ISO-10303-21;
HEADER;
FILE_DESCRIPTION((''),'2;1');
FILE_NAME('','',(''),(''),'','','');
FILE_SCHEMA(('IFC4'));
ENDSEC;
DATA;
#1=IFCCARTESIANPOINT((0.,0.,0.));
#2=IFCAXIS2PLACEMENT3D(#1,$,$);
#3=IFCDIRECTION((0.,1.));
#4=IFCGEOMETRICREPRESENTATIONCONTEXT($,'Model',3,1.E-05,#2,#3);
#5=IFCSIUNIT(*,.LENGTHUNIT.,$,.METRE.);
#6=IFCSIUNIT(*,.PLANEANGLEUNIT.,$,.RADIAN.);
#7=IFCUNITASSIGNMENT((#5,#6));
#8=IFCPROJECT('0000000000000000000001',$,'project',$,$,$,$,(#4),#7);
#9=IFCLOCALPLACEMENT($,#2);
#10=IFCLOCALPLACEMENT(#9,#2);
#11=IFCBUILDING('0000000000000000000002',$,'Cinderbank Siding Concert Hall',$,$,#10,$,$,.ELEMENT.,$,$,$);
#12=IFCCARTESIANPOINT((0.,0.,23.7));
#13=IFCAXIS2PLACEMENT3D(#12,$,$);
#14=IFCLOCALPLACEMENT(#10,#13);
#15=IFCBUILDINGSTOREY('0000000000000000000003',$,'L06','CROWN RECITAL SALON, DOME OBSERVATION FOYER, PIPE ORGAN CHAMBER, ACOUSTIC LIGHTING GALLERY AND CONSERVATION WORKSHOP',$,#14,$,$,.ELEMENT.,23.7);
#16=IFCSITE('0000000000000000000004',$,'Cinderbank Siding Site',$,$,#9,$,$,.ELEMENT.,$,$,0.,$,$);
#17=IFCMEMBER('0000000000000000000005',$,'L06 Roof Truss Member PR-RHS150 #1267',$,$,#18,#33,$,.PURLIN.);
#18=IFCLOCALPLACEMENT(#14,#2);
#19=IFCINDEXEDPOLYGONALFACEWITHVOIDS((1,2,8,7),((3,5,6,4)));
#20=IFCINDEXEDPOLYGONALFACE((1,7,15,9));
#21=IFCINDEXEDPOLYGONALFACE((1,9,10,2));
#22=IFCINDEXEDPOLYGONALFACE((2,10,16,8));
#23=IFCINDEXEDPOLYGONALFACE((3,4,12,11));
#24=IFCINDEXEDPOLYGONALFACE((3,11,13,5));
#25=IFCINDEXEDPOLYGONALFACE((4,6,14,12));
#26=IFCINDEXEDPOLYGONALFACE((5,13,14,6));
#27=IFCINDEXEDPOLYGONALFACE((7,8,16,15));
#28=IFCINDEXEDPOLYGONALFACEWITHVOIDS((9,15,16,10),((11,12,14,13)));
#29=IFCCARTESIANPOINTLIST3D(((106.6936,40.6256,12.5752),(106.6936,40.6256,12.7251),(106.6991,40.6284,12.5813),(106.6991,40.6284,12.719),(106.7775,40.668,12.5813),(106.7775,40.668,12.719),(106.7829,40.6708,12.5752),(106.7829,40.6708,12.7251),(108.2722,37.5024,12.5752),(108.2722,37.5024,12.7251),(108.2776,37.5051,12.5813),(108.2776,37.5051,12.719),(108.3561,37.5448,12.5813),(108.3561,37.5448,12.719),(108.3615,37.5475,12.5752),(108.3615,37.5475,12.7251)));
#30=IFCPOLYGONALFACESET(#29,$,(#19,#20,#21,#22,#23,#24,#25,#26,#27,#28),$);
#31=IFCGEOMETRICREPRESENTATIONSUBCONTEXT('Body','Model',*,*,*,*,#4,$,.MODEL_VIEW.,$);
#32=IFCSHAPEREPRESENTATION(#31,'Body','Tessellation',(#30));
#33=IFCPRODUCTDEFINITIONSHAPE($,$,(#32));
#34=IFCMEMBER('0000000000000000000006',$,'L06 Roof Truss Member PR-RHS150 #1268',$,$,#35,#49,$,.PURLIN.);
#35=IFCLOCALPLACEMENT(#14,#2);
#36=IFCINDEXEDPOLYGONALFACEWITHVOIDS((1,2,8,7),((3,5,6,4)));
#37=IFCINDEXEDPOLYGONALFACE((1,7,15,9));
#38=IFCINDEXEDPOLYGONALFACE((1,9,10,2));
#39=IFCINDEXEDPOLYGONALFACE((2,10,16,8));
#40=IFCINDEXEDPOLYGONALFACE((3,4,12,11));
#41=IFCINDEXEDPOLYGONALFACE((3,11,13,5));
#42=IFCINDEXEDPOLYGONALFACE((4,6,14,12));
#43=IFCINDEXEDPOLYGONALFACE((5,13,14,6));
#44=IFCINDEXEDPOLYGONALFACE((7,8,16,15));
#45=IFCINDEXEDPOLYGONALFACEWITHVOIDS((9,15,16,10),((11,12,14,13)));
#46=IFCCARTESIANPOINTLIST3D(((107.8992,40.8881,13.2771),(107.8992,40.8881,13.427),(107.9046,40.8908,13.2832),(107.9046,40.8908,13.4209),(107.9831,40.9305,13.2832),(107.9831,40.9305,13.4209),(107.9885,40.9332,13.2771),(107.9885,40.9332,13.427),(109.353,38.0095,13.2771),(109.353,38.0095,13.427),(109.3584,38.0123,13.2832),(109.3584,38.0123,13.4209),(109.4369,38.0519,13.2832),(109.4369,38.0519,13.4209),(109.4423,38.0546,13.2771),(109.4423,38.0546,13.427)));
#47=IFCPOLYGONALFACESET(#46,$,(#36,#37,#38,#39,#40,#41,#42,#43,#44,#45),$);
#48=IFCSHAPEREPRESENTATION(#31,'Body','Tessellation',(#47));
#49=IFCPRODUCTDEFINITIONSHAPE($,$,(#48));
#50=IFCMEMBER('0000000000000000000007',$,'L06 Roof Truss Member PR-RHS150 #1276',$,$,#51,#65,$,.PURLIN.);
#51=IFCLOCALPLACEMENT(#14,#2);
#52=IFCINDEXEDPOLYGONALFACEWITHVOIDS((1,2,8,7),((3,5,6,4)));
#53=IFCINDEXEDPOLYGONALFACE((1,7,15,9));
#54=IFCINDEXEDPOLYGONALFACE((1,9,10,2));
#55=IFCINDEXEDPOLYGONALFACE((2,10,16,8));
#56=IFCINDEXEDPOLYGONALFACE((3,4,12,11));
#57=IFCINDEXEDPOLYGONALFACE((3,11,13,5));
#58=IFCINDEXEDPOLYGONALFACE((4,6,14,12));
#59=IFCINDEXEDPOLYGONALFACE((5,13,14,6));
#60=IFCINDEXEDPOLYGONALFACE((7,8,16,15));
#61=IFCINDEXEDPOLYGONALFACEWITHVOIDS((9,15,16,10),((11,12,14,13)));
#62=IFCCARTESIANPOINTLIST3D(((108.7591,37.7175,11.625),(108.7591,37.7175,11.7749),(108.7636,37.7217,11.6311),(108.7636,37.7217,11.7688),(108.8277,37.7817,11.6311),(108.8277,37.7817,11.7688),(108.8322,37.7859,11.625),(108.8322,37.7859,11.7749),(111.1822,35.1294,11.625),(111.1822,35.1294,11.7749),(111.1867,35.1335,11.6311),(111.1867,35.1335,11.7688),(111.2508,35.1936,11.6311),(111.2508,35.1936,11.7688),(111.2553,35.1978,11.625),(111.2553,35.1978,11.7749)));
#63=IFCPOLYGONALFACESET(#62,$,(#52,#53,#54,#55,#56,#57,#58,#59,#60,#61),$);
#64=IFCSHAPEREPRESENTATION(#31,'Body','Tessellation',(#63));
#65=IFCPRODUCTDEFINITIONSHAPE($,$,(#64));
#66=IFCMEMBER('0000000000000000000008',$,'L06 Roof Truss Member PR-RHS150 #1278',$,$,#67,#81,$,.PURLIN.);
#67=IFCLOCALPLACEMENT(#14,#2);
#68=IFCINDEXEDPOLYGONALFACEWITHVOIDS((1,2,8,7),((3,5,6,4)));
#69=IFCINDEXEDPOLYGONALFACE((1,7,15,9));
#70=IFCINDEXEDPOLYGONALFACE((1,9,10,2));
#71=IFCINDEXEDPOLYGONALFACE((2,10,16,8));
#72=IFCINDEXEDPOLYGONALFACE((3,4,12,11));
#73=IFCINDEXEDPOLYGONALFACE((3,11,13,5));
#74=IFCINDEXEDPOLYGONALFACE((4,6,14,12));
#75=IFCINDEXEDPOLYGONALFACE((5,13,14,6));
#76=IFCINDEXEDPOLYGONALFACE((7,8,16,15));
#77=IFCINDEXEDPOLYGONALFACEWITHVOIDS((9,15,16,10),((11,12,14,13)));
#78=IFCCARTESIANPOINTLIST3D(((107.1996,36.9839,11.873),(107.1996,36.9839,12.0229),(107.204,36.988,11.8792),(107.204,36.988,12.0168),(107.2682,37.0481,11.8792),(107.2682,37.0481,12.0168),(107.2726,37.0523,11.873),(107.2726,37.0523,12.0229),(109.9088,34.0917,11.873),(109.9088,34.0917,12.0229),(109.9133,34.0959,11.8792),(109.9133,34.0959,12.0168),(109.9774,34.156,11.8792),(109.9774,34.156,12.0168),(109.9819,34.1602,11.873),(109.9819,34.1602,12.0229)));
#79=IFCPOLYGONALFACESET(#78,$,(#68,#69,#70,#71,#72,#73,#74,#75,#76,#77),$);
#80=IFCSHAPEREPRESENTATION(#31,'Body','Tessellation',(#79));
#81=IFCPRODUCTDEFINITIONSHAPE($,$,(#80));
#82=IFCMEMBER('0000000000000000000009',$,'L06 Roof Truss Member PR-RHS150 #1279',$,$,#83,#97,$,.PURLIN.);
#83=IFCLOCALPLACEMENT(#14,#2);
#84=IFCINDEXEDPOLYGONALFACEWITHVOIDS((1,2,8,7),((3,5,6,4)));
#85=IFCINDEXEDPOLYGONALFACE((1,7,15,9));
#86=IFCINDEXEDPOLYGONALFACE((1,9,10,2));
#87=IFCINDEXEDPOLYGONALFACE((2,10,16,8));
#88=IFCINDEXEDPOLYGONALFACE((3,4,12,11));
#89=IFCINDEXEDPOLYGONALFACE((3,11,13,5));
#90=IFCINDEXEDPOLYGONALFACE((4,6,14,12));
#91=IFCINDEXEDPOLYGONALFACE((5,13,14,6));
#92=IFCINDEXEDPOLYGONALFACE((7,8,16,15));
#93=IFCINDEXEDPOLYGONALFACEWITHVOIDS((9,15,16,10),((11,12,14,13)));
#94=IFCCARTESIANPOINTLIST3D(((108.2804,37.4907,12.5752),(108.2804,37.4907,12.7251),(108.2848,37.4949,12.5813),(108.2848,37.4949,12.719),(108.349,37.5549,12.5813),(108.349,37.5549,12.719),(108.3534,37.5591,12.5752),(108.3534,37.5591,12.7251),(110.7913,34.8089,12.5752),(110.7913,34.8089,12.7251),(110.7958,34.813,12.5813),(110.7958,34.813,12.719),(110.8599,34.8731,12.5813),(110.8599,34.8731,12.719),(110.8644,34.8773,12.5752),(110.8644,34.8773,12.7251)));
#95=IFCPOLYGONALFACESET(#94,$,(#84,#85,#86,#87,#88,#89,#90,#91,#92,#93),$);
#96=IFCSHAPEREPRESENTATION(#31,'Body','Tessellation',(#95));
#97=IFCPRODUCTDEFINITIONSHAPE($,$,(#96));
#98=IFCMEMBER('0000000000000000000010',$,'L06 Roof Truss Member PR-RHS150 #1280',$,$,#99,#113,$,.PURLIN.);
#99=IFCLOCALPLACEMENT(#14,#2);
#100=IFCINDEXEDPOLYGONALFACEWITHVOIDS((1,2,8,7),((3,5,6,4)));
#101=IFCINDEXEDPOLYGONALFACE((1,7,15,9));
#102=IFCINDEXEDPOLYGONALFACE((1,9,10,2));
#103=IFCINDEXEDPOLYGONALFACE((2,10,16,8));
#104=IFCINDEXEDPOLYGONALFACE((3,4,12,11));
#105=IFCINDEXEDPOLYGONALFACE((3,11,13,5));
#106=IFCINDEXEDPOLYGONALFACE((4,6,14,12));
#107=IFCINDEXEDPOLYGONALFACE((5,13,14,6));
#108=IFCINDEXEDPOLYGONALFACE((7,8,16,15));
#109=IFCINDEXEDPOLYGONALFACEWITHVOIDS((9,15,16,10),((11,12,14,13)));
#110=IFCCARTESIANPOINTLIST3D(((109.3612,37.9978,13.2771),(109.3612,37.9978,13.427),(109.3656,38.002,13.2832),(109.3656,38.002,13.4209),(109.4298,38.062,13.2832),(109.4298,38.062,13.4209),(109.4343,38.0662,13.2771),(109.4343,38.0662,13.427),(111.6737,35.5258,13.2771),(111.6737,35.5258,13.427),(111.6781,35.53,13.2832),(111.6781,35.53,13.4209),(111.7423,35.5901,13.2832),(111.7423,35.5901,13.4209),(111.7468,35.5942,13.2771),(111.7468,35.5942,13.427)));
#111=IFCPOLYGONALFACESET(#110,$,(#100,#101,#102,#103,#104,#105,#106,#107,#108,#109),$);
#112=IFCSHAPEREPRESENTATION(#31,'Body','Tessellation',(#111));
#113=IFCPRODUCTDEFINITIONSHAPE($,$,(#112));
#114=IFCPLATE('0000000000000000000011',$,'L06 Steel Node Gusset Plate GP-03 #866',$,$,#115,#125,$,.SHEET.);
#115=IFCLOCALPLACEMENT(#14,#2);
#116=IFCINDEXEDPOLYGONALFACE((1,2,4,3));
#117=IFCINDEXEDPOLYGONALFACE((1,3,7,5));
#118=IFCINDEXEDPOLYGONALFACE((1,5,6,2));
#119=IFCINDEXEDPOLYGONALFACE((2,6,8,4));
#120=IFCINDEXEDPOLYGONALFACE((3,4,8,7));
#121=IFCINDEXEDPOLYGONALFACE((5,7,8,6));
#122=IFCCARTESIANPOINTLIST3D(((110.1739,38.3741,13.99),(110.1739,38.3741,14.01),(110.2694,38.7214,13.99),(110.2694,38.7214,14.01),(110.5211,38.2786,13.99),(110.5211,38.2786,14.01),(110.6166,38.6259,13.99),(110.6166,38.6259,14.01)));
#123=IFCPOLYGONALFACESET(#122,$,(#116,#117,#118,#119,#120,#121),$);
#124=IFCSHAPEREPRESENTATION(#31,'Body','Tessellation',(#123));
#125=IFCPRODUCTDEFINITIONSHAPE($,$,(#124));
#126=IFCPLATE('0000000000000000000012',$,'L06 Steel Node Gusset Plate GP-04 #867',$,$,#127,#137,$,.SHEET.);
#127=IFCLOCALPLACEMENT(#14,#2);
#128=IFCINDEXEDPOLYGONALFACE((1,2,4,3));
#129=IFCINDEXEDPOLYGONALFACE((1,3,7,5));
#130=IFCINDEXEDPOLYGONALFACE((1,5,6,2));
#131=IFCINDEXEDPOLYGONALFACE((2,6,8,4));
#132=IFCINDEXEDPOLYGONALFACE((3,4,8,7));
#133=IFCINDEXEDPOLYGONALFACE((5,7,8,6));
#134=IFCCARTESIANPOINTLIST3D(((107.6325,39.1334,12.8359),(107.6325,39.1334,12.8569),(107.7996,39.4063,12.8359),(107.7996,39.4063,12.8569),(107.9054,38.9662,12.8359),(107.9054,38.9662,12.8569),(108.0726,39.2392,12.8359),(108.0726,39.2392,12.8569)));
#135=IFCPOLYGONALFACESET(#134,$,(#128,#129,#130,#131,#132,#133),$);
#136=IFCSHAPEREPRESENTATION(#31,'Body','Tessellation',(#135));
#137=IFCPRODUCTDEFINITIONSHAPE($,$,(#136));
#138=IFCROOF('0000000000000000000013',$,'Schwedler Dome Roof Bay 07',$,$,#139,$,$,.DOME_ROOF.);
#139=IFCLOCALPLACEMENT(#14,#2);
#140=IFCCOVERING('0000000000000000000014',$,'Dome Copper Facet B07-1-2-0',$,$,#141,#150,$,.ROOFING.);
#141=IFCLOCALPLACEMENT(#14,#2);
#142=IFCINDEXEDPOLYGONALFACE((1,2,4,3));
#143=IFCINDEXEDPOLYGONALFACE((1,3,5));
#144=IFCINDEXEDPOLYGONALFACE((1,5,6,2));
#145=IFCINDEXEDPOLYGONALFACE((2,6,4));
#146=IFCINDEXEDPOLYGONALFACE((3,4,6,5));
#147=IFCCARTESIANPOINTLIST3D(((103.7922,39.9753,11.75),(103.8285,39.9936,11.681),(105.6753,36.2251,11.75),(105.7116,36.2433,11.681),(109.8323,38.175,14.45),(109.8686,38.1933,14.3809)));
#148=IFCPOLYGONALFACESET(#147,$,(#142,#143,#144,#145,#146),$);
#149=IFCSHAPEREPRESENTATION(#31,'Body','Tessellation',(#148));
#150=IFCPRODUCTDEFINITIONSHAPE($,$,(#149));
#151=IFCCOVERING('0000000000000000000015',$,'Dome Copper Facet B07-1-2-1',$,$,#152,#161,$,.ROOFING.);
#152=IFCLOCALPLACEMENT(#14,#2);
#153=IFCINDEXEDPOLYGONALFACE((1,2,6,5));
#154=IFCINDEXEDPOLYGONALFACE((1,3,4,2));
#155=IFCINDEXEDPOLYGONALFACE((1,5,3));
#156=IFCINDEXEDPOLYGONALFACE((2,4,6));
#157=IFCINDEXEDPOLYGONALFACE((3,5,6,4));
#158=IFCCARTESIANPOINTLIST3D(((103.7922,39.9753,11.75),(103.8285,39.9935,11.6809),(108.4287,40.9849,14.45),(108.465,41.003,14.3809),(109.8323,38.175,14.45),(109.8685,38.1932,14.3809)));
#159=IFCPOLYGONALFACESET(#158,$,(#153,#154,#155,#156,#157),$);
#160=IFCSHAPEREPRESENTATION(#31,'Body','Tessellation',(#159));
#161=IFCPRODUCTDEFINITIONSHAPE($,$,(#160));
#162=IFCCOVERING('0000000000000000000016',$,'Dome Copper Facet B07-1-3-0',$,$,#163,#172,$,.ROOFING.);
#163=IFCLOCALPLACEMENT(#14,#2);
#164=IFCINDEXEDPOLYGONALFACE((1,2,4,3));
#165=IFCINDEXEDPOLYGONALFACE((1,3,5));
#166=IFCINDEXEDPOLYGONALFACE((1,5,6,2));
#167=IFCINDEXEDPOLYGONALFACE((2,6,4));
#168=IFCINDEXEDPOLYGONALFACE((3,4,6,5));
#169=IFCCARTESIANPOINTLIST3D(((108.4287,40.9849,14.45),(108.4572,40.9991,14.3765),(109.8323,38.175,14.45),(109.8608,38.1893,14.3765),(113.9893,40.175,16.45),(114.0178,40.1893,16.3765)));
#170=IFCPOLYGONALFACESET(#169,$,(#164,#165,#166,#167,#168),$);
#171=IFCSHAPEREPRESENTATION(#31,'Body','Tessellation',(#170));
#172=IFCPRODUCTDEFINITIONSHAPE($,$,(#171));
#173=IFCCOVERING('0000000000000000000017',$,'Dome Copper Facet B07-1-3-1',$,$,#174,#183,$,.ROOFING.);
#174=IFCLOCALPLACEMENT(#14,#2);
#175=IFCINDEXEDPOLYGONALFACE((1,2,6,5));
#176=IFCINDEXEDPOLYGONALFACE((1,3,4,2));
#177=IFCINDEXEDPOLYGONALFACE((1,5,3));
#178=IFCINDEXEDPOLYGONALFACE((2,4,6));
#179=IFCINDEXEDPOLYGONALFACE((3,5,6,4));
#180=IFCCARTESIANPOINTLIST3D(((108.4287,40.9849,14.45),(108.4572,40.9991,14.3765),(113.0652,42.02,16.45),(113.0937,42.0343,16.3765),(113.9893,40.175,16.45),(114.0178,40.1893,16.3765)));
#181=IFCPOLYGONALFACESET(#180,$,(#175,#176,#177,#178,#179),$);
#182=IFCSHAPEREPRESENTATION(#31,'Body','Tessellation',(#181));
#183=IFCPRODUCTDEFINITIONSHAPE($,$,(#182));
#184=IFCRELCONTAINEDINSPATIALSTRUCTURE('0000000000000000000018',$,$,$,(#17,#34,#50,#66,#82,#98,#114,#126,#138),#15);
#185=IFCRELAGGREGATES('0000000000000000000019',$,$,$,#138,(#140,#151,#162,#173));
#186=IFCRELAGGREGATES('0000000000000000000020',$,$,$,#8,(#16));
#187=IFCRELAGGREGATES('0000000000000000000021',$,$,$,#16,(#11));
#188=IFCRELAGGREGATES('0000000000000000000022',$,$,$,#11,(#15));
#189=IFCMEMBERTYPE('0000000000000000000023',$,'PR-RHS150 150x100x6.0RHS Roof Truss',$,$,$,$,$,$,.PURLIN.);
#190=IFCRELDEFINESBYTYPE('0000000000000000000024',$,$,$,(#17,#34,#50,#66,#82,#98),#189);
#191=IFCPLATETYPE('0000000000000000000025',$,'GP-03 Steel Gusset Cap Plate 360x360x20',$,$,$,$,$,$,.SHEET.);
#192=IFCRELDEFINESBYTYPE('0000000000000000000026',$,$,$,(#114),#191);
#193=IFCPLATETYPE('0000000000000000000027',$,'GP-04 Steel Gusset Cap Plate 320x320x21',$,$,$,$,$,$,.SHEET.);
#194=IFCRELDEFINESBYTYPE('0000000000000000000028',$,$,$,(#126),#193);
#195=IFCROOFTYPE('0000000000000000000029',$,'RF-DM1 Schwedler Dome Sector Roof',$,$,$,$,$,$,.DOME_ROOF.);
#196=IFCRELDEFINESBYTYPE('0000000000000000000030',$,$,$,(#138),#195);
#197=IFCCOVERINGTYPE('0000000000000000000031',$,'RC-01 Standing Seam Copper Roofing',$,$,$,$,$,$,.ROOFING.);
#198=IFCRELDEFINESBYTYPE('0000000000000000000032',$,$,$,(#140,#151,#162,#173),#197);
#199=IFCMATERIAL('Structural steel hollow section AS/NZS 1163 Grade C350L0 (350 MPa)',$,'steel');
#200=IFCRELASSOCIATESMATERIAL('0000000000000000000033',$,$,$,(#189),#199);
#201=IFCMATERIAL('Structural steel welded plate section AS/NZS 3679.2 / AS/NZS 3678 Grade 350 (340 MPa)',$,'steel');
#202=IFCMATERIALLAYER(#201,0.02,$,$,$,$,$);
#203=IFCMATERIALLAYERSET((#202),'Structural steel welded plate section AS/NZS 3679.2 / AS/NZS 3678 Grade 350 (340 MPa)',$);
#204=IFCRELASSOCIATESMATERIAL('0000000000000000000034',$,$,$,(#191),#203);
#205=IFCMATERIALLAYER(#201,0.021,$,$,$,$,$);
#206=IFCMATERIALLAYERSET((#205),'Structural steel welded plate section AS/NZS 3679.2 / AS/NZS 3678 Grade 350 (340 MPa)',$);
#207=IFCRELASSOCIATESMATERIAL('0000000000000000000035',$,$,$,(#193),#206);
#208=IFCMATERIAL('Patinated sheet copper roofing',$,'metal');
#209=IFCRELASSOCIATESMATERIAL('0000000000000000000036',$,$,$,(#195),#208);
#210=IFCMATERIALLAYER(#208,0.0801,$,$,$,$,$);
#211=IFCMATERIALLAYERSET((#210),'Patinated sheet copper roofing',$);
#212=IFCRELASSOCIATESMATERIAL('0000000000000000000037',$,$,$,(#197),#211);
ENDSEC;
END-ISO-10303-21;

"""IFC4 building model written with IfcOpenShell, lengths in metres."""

from ifc_helpers import new_model, si_unit, direction, frame, origin, origin_2d, place, context, subcontext, project, spatial, polyline, rectangle, hollow_rectangle, outline, extrude, material, layer, layer_set, material_profile, profile_set, type_object, element, aggregate, save


model = new_model("IFC4")

# Units and contexts
model_context = context("Model", 3, precision=1e-05, world=origin(), true_north=direction((0.0, 1.0)))
body_context = subcontext(model_context, "Body", "Model", "MODEL_VIEW")
ifc_project = project(units=[si_unit("LENGTHUNIT", "METRE"), si_unit("PLANEANGLEUNIT", "RADIAN")], contexts=[model_context])

# Site, building, storey
site_placement = place(None, origin())
site = spatial("IfcSite", under=ifc_project, at=site_placement, Name="Cinderbank Siding Site", CompositionType="ELEMENT", RefElevation=0.0)
building_placement = place(site_placement, origin())
building = spatial("IfcBuilding", under=site, at=building_placement, Name="Cinderbank Siding Concert Hall", CompositionType="ELEMENT")
storey_placement = place(building_placement, frame((0.0, 0.0, 23.7)))
storey = spatial("IfcBuildingStorey", under=building, at=storey_placement, Name="L06", Description="CROWN RECITAL SALON, DOME OBSERVATION FOYER, PIPE ORGAN CHAMBER, ACOUSTIC LIGHTING GALLERY AND CONSERVATION WORKSHOP", CompositionType="ELEMENT", Elevation=23.7)

# Members
ifc_material_1 = material(Name="Structural steel hollow section AS/NZS 1163 Grade C350L0 (350 MPa)", Category="steel")
ifc_material_profile_1 = material_profile(ifc_material_1, hollow_rectangle(XDim=0.1001, YDim=0.1499, WallThickness=0.0061, at=origin_2d()), Name="150x100x6.0RHS", Category="LoadBearing")
ifc_profile_set_1 = profile_set([ifc_material_profile_1], Name="Structural steel hollow section AS/NZS 1163 Grade C350L0 (350 MPa)")
member_type_1 = type_object("IfcMemberType", Name="PR-RHS150 150x100x6.0RHS Roof Truss", PredefinedType="PURLIN", material=ifc_profile_set_1)
member_1_placement = place(storey_placement, frame((106.7383, 40.6482, 12.6501), z_axis=(0.451088, -0.892479, 0.0), x_axis=(0.892479, 0.451088, 0.0)))
element("IfcMember", 1, at=member_1_placement, inside=storey, type_object=member_type_1, Name="L06 Roof Truss Member PR-RHS150 #1267", PredefinedType="PURLIN", context=body_context, shape_type="SweptSolid", body=[
    extrude(hollow_rectangle(XDim=0.1001, YDim=0.1499, WallThickness=0.0061, at=origin_2d()), origin(), (0.0, 0.0, 1.0), 3.4995),
])
member_2_placement = place(storey_placement, frame((107.9438, 40.9106, 13.3521), z_axis=(0.450813, -0.892618, 0.0), x_axis=(0.892618, 0.450813, 0.0)))
element("IfcMember", 2, at=member_2_placement, inside=storey, type_object=member_type_1, Name="L06 Roof Truss Member PR-RHS150 #1268", PredefinedType="PURLIN", context=body_context, shape_type="SweptSolid", body=[
    extrude(hollow_rectangle(XDim=0.1001, YDim=0.1499, WallThickness=0.0061, at=origin_2d()), origin(), (0.0, 0.0, 1.0), 3.2249),
])
member_3_placement = place(storey_placement, frame((108.7957, 37.7517, 11.7), z_axis=(0.683448, -0.729999, 0.0), x_axis=(0.729999, 0.683448, 0.0)))
element("IfcMember", 3, at=member_3_placement, inside=storey, type_object=member_type_1, Name="L06 Roof Truss Member PR-RHS150 #1276", PredefinedType="PURLIN", context=body_context, shape_type="SweptSolid", body=[
    extrude(hollow_rectangle(XDim=0.1001, YDim=0.1499, WallThickness=0.0061, at=origin_2d()), origin(), (0.0, 0.0, 1.0), 3.5454),
])
member_4_placement = place(storey_placement, frame((107.2361, 37.0181, 11.948), z_axis=(0.683658, -0.729802, 0.0), x_axis=(0.729802, 0.683658, 0.0)))
element("IfcMember", 4, at=member_4_placement, inside=storey, type_object=member_type_1, Name="L06 Roof Truss Member PR-RHS150 #1278", PredefinedType="PURLIN", context=body_context, shape_type="SweptSolid", body=[
    extrude(hollow_rectangle(XDim=0.1001, YDim=0.1499, WallThickness=0.0061, at=origin_2d()), origin(), (0.0, 0.0, 1.0), 3.9629),
])
member_5_placement = place(storey_placement, frame((108.3169, 37.5249, 12.6501), z_axis=(0.683466, -0.729983, 0.0), x_axis=(0.729983, 0.683466, 0.0)))
element("IfcMember", 5, at=member_5_placement, inside=storey, type_object=member_type_1, Name="L06 Roof Truss Member PR-RHS150 #1279", PredefinedType="PURLIN", context=body_context, shape_type="SweptSolid", body=[
    extrude(hollow_rectangle(XDim=0.1001, YDim=0.1499, WallThickness=0.0061, at=origin_2d()), origin(), (0.0, 0.0, 1.0), 3.6738),
])
member_6_placement = place(storey_placement, frame((109.3977, 38.032, 13.3521), z_axis=(0.683166, -0.730263, 0.0), x_axis=(0.730263, 0.683166, 0.0)))
element("IfcMember", 6, at=member_6_placement, inside=storey, type_object=member_type_1, Name="L06 Roof Truss Member PR-RHS150 #1280", PredefinedType="PURLIN", context=body_context, shape_type="SweptSolid", body=[
    extrude(hollow_rectangle(XDim=0.1001, YDim=0.1499, WallThickness=0.0061, at=origin_2d()), origin(), (0.0, 0.0, 1.0), 3.385),
])

# Plates
ifc_material_2 = material(Name="Structural steel welded plate section AS/NZS 3679.2 / AS/NZS 3678 Grade 350 (340 MPa)", Category="steel")
ifc_layer_1 = layer(ifc_material_2, 0.02)
ifc_layer_set_1 = layer_set([ifc_layer_1], Name="Structural steel welded plate section AS/NZS 3679.2 / AS/NZS 3678 Grade 350 (340 MPa)")
plate_type_1 = type_object("IfcPlateType", Name="GP-03 Steel Gusset Cap Plate 360x360x20", PredefinedType="SHEET", material=ifc_layer_set_1)
plate_1_placement = place(storey_placement, frame((110.3953, 38.5, 13.99), z_axis=(0.0, 0.0, 1.0), x_axis=(0.964188, -0.26522, 0.0)))
element("IfcPlate", 7, at=plate_1_placement, inside=storey, type_object=plate_type_1, Name="L06 Steel Node Gusset Plate GP-03 #866", PredefinedType="SHEET", context=body_context, shape_type="SweptSolid", body=[
    extrude(rectangle(XDim=0.3601, YDim=0.3601, at=origin_2d()), origin(), (0.0, 0.0, 1.0), 0.02),
])
ifc_layer_2 = layer(ifc_material_2, 0.021)
ifc_layer_set_2 = layer_set([ifc_layer_2], Name="Structural steel welded plate section AS/NZS 3679.2 / AS/NZS 3678 Grade 350 (340 MPa)")
plate_type_2 = type_object("IfcPlateType", Name="GP-04 Steel Gusset Cap Plate 320x320x21", PredefinedType="SHEET", material=ifc_layer_set_2)
plate_2_placement = place(storey_placement, frame((107.8525, 39.1863, 12.8359), z_axis=(0.0, 0.0, 1.0), x_axis=(0.522201, 0.852822, 0.0)))
element("IfcPlate", 8, at=plate_2_placement, inside=storey, type_object=plate_type_2, Name="L06 Steel Node Gusset Plate GP-04 #867", PredefinedType="SHEET", context=body_context, shape_type="SweptSolid", body=[
    extrude(rectangle(XDim=0.3201, YDim=0.3201, at=origin_2d()), origin(), (0.0, 0.0, 1.0), 0.021),
])

# Roof, coverings
ifc_material_3 = material(Name="Patinated sheet copper roofing", Category="metal")
roof_type = type_object("IfcRoofType", Name="RF-DM1 Schwedler Dome Sector Roof", PredefinedType="DOME_ROOF", material=ifc_material_3)
roof_1_placement = place(storey_placement, origin())
roof_1 = element("IfcRoof", 9, at=roof_1_placement, inside=storey, type_object=roof_type, Name="Schwedler Dome Roof Bay 07", PredefinedType="DOME_ROOF")
ifc_layer_3 = layer(ifc_material_3, 0.0801)
ifc_layer_set_3 = layer_set([ifc_layer_3], Name="Patinated sheet copper roofing")
covering_type = type_object("IfcCoveringType", Name="RC-01 Standing Seam Copper Roofing", PredefinedType="ROOFING", material=ifc_layer_set_3)
covering_1_placement = place(storey_placement, frame((103.7922, 39.9753, 11.75), z_axis=(-0.453105, -0.227511, 0.861936), x_axis=(0.448726, -0.89367, 0.0)))
covering_1 = element("IfcCovering", 10, at=covering_1_placement, type_object=covering_type, Name="Dome Copper Facet B07-1-2-0", PredefinedType="ROOFING", context=body_context, shape_type="SweptSolid", body=[
    extrude(outline(polyline([(0.0, 0.0), (4.1965, 0.0), (4.3192, 5.3252), (0.0, 0.0)])), origin(), (0.0, 0.0, -1.0), 0.0801),
])
covering_2_placement = place(storey_placement, frame((103.7922, 39.9753, 11.75), z_axis=(-0.45292, -0.226244, 0.862367), x_axis=(0.88091, -0.262564, 0.393774)))
covering_2 = element("IfcCovering", 11, at=covering_2_placement, type_object=covering_type, Name="Dome Copper Facet B07-1-2-1", PredefinedType="ROOFING", context=body_context, shape_type="SweptSolid", body=[
    extrude(outline(polyline([(0.0, 0.0), (6.8566, 0.0), (4.8824, 2.4429), (0.0, 0.0)])), origin(), (0.0, 0.0, -1.0), 0.0801),
])
covering_3_placement = place(storey_placement, frame((108.4287, 40.9849, 14.45), z_axis=(-0.355881, -0.177771, 0.917467), x_axis=(0.446872, -0.894598, 0.0)))
covering_3 = element("IfcCovering", 12, at=covering_3_placement, type_object=covering_type, Name="Dome Copper Facet B07-1-3-0", PredefinedType="ROOFING", context=body_context, shape_type="SweptSolid", body=[
    extrude(outline(polyline([(0.0, 0.0), (3.1409, 0.0), (3.2093, 5.0275), (0.0, 0.0)])), origin(), (0.0, 0.0, -1.0), 0.0801),
])
covering_4_placement = place(storey_placement, frame((108.4287, 40.9849, 14.45), z_axis=(-0.355914, -0.178263, 0.917359), x_axis=(0.932271, -0.135772, 0.335316)))
covering_4 = element("IfcCovering", 13, at=covering_4_placement, type_object=covering_type, Name="Dome Copper Facet B07-1-3-1", PredefinedType="ROOFING", context=body_context, shape_type="SweptSolid", body=[
    extrude(outline(polyline([(0.0, 0.0), (5.9645, 0.0), (4.8525, 1.7382), (0.0, 0.0)])), origin(), (0.0, 0.0, -1.0), 0.0801),
])
aggregate(roof_1, [covering_1, covering_2, covering_3, covering_4])

save(model, "model.ifc")
